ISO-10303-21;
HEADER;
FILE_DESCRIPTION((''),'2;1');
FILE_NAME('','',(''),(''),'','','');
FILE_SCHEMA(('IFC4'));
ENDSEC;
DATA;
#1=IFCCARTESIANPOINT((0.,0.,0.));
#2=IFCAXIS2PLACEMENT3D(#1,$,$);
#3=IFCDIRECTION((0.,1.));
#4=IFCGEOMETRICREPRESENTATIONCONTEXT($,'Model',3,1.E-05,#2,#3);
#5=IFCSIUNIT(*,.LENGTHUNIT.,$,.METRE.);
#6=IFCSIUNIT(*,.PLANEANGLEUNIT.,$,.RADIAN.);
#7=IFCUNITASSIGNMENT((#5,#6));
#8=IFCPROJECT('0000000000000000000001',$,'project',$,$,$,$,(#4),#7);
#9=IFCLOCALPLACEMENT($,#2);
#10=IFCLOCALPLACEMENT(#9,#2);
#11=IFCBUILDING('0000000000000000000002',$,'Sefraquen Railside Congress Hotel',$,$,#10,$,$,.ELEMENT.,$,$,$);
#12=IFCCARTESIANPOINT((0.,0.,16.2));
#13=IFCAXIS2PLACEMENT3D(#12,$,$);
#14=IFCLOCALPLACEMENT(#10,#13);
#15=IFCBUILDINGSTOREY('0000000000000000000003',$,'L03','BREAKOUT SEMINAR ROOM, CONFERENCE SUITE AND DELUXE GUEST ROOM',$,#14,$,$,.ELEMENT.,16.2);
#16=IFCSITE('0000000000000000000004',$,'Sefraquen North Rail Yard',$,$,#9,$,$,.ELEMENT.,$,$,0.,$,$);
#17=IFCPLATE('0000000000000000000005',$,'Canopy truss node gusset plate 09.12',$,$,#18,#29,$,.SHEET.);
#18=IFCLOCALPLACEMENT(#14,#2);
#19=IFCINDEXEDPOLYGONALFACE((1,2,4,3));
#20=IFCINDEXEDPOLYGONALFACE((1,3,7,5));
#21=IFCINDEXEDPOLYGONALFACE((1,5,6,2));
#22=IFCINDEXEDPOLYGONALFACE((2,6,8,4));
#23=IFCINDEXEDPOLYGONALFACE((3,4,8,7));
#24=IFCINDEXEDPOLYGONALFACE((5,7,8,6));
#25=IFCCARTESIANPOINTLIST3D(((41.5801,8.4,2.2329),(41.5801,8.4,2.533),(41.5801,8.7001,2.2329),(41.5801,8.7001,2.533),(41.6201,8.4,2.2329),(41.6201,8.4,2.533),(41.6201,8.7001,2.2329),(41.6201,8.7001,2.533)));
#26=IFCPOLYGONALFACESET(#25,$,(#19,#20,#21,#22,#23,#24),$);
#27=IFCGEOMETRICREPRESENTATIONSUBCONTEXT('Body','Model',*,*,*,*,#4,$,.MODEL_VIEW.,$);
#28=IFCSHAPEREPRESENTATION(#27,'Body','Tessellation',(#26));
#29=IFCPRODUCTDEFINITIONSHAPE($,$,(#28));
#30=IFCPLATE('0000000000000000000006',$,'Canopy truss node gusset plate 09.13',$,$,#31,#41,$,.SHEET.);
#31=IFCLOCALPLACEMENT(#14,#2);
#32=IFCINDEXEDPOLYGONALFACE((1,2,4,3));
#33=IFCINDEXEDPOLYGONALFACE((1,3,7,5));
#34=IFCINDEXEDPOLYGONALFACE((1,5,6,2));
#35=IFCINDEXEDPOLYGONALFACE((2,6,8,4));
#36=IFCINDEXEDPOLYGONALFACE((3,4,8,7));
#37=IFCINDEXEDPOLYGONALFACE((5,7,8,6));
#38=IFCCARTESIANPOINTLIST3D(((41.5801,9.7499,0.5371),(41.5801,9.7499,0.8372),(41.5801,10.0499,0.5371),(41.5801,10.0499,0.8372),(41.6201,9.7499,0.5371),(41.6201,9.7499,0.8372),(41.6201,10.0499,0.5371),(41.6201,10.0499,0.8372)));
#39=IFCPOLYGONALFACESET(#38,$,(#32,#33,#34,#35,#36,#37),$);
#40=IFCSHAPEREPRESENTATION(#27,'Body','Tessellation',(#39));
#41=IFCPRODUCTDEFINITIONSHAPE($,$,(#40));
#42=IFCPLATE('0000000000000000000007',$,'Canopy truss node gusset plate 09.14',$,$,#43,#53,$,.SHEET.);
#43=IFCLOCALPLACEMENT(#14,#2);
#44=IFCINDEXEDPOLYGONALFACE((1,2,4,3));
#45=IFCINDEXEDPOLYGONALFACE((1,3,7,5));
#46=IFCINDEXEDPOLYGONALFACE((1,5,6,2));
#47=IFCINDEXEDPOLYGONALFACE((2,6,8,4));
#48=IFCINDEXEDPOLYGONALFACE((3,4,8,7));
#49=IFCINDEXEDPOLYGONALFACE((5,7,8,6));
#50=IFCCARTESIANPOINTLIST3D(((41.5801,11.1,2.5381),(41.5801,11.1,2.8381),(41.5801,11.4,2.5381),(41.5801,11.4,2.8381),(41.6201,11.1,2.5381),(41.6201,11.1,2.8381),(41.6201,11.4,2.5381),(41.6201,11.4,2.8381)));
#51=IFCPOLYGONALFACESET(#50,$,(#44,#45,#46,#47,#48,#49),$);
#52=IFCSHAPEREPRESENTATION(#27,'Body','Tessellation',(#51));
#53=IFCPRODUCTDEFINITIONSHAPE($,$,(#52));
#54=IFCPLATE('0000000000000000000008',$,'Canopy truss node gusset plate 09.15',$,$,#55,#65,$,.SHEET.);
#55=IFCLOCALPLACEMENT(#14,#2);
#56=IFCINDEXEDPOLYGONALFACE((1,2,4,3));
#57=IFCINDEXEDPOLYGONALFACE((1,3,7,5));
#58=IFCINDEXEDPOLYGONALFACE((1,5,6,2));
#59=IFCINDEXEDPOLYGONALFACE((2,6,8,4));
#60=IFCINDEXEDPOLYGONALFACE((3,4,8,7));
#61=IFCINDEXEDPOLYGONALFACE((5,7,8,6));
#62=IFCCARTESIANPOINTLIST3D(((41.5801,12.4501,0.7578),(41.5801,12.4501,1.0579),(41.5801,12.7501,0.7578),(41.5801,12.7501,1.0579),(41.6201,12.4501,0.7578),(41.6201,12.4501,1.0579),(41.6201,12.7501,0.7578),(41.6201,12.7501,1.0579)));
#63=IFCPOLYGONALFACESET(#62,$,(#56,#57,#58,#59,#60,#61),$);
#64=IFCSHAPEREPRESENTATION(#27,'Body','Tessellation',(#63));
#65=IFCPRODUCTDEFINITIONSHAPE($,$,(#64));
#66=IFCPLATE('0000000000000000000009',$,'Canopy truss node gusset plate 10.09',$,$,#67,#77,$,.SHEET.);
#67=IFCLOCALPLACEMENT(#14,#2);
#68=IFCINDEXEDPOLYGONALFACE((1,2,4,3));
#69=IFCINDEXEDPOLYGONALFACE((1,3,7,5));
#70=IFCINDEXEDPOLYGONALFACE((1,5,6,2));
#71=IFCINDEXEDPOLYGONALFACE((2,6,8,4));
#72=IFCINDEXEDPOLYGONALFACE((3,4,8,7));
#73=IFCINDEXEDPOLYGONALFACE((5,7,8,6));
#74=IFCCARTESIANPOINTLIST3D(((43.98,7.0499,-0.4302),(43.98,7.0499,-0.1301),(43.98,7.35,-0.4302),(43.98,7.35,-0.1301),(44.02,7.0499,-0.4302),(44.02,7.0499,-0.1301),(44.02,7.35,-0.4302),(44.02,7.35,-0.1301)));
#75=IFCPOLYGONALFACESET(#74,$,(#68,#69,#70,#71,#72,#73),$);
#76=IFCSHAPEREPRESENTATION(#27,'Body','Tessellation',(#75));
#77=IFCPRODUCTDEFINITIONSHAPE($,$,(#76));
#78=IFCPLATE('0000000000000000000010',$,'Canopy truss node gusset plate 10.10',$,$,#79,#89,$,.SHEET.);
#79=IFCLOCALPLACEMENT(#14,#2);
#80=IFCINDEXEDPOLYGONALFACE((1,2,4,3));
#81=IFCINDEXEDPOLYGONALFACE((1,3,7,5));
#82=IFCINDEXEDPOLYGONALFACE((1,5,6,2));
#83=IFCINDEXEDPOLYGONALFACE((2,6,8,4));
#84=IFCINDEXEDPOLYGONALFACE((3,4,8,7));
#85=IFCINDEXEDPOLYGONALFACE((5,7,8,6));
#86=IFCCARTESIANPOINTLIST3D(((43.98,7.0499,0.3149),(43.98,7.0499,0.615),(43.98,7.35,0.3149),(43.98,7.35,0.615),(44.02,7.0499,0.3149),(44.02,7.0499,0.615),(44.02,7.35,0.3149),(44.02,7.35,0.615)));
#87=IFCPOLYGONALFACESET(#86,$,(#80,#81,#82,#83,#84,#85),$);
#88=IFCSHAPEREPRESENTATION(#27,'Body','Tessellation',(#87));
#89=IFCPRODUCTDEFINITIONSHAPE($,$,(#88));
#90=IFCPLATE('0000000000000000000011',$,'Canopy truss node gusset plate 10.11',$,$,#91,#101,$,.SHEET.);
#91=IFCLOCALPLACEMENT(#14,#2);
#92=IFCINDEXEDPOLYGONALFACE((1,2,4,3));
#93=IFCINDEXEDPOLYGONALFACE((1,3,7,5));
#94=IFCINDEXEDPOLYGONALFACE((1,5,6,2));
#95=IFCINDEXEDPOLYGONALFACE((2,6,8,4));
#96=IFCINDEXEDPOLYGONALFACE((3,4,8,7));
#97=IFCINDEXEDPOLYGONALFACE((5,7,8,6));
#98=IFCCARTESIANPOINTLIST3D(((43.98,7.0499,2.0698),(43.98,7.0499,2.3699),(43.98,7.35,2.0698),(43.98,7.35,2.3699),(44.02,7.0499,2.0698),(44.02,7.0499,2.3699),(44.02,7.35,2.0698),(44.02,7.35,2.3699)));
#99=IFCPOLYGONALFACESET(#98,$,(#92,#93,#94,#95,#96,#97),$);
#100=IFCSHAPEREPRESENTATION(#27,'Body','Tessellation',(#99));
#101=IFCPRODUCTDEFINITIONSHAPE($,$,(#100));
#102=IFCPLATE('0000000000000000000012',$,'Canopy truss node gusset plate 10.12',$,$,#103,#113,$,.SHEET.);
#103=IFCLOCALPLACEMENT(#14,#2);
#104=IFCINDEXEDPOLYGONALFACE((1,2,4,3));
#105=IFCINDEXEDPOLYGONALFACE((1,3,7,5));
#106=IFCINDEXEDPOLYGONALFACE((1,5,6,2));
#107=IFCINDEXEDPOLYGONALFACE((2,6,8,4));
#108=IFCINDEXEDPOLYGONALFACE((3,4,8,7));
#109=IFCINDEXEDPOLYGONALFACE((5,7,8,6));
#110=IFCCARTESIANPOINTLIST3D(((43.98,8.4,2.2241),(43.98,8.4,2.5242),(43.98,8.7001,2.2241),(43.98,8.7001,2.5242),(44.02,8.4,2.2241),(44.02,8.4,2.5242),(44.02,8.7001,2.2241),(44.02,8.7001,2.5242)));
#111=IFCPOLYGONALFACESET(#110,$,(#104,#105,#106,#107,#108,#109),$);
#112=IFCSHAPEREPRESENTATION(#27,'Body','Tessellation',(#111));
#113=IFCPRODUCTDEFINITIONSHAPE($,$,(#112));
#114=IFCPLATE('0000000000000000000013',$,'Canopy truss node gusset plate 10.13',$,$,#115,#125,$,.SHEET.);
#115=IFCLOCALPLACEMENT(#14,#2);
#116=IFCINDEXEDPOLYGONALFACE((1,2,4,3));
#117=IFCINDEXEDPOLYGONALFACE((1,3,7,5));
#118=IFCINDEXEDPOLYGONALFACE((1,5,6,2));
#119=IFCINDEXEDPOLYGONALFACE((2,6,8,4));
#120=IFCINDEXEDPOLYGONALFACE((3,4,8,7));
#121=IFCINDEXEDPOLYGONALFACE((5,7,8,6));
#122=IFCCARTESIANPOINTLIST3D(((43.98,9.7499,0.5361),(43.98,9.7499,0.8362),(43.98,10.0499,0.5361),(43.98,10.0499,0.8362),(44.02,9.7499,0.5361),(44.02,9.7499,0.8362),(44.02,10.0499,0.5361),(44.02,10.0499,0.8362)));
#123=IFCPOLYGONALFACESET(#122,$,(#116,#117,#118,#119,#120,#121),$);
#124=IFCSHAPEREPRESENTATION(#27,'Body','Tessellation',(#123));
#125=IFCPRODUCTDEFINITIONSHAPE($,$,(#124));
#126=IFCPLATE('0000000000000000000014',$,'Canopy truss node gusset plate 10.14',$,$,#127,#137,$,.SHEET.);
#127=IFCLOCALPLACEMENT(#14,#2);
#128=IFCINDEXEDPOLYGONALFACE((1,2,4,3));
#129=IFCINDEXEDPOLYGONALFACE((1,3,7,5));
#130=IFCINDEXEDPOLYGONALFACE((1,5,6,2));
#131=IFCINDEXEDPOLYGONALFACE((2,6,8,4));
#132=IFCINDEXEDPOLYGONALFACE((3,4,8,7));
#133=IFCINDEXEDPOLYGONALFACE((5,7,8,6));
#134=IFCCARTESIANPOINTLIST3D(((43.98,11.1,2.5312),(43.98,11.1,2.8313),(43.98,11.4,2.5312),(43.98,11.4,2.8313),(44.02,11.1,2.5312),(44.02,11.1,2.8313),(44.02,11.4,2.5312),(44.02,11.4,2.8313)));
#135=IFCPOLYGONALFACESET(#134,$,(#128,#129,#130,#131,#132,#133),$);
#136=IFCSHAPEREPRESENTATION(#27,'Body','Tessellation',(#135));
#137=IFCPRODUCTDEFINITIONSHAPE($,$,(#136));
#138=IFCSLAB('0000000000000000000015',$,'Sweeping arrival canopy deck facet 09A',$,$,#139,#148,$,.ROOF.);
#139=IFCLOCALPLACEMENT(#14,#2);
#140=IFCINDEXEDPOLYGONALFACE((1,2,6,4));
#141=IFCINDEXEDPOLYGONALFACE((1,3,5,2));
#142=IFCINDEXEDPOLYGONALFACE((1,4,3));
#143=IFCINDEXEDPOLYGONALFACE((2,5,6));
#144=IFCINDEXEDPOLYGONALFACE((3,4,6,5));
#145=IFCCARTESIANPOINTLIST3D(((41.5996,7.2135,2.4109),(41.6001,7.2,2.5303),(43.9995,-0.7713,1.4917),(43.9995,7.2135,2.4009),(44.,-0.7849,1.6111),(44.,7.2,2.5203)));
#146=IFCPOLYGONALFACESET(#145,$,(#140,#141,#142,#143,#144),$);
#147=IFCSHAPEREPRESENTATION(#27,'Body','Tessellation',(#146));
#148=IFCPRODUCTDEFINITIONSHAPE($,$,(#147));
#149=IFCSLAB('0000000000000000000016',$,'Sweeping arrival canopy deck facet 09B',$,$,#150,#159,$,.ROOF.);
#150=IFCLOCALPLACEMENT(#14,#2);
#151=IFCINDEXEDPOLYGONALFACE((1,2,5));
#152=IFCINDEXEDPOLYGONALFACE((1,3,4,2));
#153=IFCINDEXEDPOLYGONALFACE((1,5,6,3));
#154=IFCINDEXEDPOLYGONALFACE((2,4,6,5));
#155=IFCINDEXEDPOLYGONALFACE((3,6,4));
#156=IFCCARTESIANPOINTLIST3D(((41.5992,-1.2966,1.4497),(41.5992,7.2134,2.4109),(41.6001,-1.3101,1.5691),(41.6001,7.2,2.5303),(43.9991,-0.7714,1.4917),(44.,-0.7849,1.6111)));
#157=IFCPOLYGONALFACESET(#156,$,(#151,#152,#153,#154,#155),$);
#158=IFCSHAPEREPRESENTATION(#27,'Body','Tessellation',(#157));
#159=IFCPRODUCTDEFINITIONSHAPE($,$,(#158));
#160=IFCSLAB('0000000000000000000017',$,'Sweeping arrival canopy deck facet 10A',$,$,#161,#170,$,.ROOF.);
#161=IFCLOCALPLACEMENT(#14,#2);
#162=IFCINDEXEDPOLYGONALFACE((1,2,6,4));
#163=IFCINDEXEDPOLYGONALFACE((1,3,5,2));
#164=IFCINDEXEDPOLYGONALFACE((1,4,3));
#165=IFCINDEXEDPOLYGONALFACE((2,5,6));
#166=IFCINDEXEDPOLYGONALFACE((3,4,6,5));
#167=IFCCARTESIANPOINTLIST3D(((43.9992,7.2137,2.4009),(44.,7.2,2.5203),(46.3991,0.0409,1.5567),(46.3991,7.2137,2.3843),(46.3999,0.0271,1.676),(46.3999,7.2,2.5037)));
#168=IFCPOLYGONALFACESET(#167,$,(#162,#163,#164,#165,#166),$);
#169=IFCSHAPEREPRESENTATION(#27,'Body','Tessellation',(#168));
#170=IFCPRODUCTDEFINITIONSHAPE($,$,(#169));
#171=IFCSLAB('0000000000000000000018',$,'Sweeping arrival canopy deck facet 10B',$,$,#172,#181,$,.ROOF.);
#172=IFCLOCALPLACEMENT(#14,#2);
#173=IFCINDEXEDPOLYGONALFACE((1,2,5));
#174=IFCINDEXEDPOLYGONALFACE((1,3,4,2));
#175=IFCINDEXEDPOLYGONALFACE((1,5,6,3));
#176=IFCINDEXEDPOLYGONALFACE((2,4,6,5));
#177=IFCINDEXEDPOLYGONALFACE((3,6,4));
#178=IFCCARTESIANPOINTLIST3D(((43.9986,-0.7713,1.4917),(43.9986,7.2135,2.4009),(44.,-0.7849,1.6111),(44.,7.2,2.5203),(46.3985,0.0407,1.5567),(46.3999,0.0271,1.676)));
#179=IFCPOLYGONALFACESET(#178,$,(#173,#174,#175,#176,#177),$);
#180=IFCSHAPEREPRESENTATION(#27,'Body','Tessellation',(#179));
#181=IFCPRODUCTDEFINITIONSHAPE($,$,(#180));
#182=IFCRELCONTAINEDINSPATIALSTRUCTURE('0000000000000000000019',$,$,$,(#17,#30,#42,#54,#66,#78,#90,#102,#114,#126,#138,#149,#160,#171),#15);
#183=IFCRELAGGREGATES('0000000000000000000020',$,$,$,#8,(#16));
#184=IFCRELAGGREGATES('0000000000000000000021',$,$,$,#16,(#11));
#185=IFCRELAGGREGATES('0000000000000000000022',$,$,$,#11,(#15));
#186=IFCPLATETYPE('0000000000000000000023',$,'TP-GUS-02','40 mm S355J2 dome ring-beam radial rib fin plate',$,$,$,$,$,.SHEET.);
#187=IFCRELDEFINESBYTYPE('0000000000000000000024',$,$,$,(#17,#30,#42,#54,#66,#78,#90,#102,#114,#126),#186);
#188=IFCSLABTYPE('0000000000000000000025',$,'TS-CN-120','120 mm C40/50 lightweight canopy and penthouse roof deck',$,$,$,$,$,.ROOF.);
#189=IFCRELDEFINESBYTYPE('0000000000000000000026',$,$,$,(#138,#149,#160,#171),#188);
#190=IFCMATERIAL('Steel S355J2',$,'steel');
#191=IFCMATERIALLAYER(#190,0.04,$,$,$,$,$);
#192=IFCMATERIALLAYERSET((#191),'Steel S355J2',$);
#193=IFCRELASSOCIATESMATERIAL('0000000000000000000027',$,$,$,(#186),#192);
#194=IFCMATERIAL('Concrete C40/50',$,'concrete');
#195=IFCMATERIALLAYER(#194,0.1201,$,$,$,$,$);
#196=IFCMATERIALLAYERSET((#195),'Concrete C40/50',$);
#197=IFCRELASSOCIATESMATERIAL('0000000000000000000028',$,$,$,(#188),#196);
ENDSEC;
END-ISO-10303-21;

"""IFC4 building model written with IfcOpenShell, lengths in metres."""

from ifc_helpers import new_model, si_unit, direction, frame, origin, origin_2d, place, context, subcontext, project, spatial, polyline, rectangle, outline, extrude, material, layer, layer_set, type_object, element, save


model = new_model("IFC4")

# Units and contexts
model_context = context("Model", 3, precision=1e-05, world=origin(), true_north=direction((0.0, 1.0)))
body_context = subcontext(model_context, "Body", "Model", "MODEL_VIEW")
ifc_project = project(units=[si_unit("LENGTHUNIT", "METRE"), si_unit("PLANEANGLEUNIT", "RADIAN")], contexts=[model_context])

# Site, building, storey
site_placement = place(None, origin())
site = spatial("IfcSite", under=ifc_project, at=site_placement, Name="Sefraquen North Rail Yard", CompositionType="ELEMENT", RefElevation=0.0)
building_placement = place(site_placement, origin())
building = spatial("IfcBuilding", under=site, at=building_placement, Name="Sefraquen Railside Congress Hotel", CompositionType="ELEMENT")
storey_placement = place(building_placement, frame((0.0, 0.0, 16.2)))
storey = spatial("IfcBuildingStorey", under=building, at=storey_placement, Name="L03", Description="BREAKOUT SEMINAR ROOM, CONFERENCE SUITE AND DELUXE GUEST ROOM", CompositionType="ELEMENT", Elevation=16.2)

# Shared definitions
ifc_material_1 = material(Name="Steel S355J2", Category="steel")

# Plates
ifc_layer_1 = layer(ifc_material_1, 0.04)
ifc_layer_set_1 = layer_set([ifc_layer_1], Name="Steel S355J2")
plate_type = type_object("IfcPlateType", Name="TP-GUS-02", Description="40 mm S355J2 dome ring-beam radial rib fin plate", PredefinedType="SHEET", material=ifc_layer_set_1)
for number, where, z_axis, x_axis, name in (
    (1, (41.6001, 8.55, 2.2329), (0.0, 0.0, 1.0), (1.0, 0.0, 0.0), "Canopy truss node gusset plate 09.12"),
    (2, (41.6001, 9.8999, 0.5371), (0.0, 0.0, 1.0), (1.0, 0.0, 0.0), "Canopy truss node gusset plate 09.13"),
    (3, (41.6001, 11.25, 2.5381), (0.0, 0.0, 1.0), (1.0, 0.0, 0.0), "Canopy truss node gusset plate 09.14"),
    (4, (41.6001, 12.6001, 0.7578), (0.0, 0.0, 1.0), (1.0, 0.0, 0.0), "Canopy truss node gusset plate 09.15"),
    (5, (44.0, 7.2, -0.4302), (0.0, 0.0, 1.0), (1.0, 0.0, 0.0), "Canopy truss node gusset plate 10.09"),
    (6, (44.0, 7.2, 0.3149), (0.0, 0.0, 1.0), (1.0, 0.0, 0.0), "Canopy truss node gusset plate 10.10"),
    (7, (44.0, 7.2, 2.0698), (0.0, 0.0, 1.0), (1.0, 0.0, 0.0), "Canopy truss node gusset plate 10.11"),
    (8, (44.0, 8.55, 2.2241), (0.0, 0.0, 1.0), (1.0, 0.0, 0.0), "Canopy truss node gusset plate 10.12"),
    (9, (44.0, 9.8999, 0.5361), (0.0, 0.0, 1.0), (1.0, 0.0, 0.0), "Canopy truss node gusset plate 10.13"),
    (10, (44.0, 11.25, 2.5312), (0.0, 0.0, 1.0), (1.0, 0.0, 0.0), "Canopy truss node gusset plate 10.14"),
):
    element("IfcPlate", number, at=place(storey_placement, frame(where, z_axis=z_axis, x_axis=x_axis)), inside=storey, type_object=plate_type, Name=name, PredefinedType="SHEET", context=body_context, shape_type="SweptSolid", body=[
        extrude(rectangle(XDim=0.04, YDim=0.3, at=origin_2d()), origin(), (0.0, 0.0, 1.0), 0.3),
    ])

# Slabs
ifc_material_2 = material(Name="Concrete C40/50", Category="concrete")
ifc_layer_2 = layer(ifc_material_2, 0.1201)
ifc_layer_set_2 = layer_set([ifc_layer_2], Name="Concrete C40/50")
slab_type = type_object("IfcSlabType", Name="TS-CN-120", Description="120 mm C40/50 lightweight canopy and penthouse roof deck", PredefinedType="ROOF", material=ifc_layer_set_2)
slab_1_placement = place(storey_placement, frame((41.6001, 7.2, 2.5303), z_axis=(0.004144, -0.113131, 0.993571), x_axis=(0.999991, 0.0, -0.004171)))
element("IfcSlab", 11, at=slab_1_placement, inside=storey, type_object=slab_type, Name="Sweeping arrival canopy deck facet 09A", PredefinedType="ROOF", context=body_context, shape_type="SweptSolid", body=[
    extrude(outline(polyline([(0.0, 0.0), (2.3999, 0.0), (2.4037, -8.0365), (0.0, 0.0)])), origin(), (0.0, 0.0, -1.0), 0.1201),
])
slab_2_placement = place(storey_placement, frame((41.6001, 7.2, 2.5303), z_axis=(0.007172, -0.112231, 0.993656), x_axis=(0.286103, -0.951912, -0.109581)))
element("IfcSlab", 12, at=slab_2_placement, inside=storey, type_object=slab_type, Name="Sweeping arrival canopy deck facet 09B", PredefinedType="ROOF", context=body_context, shape_type="SweptSolid", body=[
    extrude(outline(polyline([(0.0, 0.0), (8.3882, 0.0), (8.2061, -2.4503), (0.0, 0.0)])), origin(), (0.0, 0.0, -1.0), 0.1201),
])
slab_3_placement = place(storey_placement, frame((44.0, 7.2, 2.5203), z_axis=(0.006872, -0.114621, 0.993385), x_axis=(0.999976, 0.0, -0.006917)))
element("IfcSlab", 13, at=slab_3_placement, inside=storey, type_object=slab_type, Name="Sweeping arrival canopy deck facet 10A", PredefinedType="ROOF", context=body_context, shape_type="SweptSolid", body=[
    extrude(outline(polyline([(0.0, 0.0), (2.4, 0.0), (2.4057, -7.2204), (0.0, 0.0)])), origin(), (0.0, 0.0, -1.0), 0.1201),
])
slab_4_placement = place(storey_placement, frame((44.0, 7.2, 2.5203), z_axis=(0.011391, -0.113125, 0.993516), x_axis=(0.315335, -0.942475, -0.110928)))
element("IfcSlab", 14, at=slab_4_placement, inside=storey, type_object=slab_type, Name="Sweeping arrival canopy deck facet 10B", PredefinedType="ROOF", context=body_context, shape_type="SweptSolid", body=[
    extrude(outline(polyline([(0.0, 0.0), (7.6107, 0.0), (7.6264, -2.5343), (0.0, 0.0)])), origin(), (0.0, 0.0, -1.0), 0.1201),
])

save(model, "model.ifc")
